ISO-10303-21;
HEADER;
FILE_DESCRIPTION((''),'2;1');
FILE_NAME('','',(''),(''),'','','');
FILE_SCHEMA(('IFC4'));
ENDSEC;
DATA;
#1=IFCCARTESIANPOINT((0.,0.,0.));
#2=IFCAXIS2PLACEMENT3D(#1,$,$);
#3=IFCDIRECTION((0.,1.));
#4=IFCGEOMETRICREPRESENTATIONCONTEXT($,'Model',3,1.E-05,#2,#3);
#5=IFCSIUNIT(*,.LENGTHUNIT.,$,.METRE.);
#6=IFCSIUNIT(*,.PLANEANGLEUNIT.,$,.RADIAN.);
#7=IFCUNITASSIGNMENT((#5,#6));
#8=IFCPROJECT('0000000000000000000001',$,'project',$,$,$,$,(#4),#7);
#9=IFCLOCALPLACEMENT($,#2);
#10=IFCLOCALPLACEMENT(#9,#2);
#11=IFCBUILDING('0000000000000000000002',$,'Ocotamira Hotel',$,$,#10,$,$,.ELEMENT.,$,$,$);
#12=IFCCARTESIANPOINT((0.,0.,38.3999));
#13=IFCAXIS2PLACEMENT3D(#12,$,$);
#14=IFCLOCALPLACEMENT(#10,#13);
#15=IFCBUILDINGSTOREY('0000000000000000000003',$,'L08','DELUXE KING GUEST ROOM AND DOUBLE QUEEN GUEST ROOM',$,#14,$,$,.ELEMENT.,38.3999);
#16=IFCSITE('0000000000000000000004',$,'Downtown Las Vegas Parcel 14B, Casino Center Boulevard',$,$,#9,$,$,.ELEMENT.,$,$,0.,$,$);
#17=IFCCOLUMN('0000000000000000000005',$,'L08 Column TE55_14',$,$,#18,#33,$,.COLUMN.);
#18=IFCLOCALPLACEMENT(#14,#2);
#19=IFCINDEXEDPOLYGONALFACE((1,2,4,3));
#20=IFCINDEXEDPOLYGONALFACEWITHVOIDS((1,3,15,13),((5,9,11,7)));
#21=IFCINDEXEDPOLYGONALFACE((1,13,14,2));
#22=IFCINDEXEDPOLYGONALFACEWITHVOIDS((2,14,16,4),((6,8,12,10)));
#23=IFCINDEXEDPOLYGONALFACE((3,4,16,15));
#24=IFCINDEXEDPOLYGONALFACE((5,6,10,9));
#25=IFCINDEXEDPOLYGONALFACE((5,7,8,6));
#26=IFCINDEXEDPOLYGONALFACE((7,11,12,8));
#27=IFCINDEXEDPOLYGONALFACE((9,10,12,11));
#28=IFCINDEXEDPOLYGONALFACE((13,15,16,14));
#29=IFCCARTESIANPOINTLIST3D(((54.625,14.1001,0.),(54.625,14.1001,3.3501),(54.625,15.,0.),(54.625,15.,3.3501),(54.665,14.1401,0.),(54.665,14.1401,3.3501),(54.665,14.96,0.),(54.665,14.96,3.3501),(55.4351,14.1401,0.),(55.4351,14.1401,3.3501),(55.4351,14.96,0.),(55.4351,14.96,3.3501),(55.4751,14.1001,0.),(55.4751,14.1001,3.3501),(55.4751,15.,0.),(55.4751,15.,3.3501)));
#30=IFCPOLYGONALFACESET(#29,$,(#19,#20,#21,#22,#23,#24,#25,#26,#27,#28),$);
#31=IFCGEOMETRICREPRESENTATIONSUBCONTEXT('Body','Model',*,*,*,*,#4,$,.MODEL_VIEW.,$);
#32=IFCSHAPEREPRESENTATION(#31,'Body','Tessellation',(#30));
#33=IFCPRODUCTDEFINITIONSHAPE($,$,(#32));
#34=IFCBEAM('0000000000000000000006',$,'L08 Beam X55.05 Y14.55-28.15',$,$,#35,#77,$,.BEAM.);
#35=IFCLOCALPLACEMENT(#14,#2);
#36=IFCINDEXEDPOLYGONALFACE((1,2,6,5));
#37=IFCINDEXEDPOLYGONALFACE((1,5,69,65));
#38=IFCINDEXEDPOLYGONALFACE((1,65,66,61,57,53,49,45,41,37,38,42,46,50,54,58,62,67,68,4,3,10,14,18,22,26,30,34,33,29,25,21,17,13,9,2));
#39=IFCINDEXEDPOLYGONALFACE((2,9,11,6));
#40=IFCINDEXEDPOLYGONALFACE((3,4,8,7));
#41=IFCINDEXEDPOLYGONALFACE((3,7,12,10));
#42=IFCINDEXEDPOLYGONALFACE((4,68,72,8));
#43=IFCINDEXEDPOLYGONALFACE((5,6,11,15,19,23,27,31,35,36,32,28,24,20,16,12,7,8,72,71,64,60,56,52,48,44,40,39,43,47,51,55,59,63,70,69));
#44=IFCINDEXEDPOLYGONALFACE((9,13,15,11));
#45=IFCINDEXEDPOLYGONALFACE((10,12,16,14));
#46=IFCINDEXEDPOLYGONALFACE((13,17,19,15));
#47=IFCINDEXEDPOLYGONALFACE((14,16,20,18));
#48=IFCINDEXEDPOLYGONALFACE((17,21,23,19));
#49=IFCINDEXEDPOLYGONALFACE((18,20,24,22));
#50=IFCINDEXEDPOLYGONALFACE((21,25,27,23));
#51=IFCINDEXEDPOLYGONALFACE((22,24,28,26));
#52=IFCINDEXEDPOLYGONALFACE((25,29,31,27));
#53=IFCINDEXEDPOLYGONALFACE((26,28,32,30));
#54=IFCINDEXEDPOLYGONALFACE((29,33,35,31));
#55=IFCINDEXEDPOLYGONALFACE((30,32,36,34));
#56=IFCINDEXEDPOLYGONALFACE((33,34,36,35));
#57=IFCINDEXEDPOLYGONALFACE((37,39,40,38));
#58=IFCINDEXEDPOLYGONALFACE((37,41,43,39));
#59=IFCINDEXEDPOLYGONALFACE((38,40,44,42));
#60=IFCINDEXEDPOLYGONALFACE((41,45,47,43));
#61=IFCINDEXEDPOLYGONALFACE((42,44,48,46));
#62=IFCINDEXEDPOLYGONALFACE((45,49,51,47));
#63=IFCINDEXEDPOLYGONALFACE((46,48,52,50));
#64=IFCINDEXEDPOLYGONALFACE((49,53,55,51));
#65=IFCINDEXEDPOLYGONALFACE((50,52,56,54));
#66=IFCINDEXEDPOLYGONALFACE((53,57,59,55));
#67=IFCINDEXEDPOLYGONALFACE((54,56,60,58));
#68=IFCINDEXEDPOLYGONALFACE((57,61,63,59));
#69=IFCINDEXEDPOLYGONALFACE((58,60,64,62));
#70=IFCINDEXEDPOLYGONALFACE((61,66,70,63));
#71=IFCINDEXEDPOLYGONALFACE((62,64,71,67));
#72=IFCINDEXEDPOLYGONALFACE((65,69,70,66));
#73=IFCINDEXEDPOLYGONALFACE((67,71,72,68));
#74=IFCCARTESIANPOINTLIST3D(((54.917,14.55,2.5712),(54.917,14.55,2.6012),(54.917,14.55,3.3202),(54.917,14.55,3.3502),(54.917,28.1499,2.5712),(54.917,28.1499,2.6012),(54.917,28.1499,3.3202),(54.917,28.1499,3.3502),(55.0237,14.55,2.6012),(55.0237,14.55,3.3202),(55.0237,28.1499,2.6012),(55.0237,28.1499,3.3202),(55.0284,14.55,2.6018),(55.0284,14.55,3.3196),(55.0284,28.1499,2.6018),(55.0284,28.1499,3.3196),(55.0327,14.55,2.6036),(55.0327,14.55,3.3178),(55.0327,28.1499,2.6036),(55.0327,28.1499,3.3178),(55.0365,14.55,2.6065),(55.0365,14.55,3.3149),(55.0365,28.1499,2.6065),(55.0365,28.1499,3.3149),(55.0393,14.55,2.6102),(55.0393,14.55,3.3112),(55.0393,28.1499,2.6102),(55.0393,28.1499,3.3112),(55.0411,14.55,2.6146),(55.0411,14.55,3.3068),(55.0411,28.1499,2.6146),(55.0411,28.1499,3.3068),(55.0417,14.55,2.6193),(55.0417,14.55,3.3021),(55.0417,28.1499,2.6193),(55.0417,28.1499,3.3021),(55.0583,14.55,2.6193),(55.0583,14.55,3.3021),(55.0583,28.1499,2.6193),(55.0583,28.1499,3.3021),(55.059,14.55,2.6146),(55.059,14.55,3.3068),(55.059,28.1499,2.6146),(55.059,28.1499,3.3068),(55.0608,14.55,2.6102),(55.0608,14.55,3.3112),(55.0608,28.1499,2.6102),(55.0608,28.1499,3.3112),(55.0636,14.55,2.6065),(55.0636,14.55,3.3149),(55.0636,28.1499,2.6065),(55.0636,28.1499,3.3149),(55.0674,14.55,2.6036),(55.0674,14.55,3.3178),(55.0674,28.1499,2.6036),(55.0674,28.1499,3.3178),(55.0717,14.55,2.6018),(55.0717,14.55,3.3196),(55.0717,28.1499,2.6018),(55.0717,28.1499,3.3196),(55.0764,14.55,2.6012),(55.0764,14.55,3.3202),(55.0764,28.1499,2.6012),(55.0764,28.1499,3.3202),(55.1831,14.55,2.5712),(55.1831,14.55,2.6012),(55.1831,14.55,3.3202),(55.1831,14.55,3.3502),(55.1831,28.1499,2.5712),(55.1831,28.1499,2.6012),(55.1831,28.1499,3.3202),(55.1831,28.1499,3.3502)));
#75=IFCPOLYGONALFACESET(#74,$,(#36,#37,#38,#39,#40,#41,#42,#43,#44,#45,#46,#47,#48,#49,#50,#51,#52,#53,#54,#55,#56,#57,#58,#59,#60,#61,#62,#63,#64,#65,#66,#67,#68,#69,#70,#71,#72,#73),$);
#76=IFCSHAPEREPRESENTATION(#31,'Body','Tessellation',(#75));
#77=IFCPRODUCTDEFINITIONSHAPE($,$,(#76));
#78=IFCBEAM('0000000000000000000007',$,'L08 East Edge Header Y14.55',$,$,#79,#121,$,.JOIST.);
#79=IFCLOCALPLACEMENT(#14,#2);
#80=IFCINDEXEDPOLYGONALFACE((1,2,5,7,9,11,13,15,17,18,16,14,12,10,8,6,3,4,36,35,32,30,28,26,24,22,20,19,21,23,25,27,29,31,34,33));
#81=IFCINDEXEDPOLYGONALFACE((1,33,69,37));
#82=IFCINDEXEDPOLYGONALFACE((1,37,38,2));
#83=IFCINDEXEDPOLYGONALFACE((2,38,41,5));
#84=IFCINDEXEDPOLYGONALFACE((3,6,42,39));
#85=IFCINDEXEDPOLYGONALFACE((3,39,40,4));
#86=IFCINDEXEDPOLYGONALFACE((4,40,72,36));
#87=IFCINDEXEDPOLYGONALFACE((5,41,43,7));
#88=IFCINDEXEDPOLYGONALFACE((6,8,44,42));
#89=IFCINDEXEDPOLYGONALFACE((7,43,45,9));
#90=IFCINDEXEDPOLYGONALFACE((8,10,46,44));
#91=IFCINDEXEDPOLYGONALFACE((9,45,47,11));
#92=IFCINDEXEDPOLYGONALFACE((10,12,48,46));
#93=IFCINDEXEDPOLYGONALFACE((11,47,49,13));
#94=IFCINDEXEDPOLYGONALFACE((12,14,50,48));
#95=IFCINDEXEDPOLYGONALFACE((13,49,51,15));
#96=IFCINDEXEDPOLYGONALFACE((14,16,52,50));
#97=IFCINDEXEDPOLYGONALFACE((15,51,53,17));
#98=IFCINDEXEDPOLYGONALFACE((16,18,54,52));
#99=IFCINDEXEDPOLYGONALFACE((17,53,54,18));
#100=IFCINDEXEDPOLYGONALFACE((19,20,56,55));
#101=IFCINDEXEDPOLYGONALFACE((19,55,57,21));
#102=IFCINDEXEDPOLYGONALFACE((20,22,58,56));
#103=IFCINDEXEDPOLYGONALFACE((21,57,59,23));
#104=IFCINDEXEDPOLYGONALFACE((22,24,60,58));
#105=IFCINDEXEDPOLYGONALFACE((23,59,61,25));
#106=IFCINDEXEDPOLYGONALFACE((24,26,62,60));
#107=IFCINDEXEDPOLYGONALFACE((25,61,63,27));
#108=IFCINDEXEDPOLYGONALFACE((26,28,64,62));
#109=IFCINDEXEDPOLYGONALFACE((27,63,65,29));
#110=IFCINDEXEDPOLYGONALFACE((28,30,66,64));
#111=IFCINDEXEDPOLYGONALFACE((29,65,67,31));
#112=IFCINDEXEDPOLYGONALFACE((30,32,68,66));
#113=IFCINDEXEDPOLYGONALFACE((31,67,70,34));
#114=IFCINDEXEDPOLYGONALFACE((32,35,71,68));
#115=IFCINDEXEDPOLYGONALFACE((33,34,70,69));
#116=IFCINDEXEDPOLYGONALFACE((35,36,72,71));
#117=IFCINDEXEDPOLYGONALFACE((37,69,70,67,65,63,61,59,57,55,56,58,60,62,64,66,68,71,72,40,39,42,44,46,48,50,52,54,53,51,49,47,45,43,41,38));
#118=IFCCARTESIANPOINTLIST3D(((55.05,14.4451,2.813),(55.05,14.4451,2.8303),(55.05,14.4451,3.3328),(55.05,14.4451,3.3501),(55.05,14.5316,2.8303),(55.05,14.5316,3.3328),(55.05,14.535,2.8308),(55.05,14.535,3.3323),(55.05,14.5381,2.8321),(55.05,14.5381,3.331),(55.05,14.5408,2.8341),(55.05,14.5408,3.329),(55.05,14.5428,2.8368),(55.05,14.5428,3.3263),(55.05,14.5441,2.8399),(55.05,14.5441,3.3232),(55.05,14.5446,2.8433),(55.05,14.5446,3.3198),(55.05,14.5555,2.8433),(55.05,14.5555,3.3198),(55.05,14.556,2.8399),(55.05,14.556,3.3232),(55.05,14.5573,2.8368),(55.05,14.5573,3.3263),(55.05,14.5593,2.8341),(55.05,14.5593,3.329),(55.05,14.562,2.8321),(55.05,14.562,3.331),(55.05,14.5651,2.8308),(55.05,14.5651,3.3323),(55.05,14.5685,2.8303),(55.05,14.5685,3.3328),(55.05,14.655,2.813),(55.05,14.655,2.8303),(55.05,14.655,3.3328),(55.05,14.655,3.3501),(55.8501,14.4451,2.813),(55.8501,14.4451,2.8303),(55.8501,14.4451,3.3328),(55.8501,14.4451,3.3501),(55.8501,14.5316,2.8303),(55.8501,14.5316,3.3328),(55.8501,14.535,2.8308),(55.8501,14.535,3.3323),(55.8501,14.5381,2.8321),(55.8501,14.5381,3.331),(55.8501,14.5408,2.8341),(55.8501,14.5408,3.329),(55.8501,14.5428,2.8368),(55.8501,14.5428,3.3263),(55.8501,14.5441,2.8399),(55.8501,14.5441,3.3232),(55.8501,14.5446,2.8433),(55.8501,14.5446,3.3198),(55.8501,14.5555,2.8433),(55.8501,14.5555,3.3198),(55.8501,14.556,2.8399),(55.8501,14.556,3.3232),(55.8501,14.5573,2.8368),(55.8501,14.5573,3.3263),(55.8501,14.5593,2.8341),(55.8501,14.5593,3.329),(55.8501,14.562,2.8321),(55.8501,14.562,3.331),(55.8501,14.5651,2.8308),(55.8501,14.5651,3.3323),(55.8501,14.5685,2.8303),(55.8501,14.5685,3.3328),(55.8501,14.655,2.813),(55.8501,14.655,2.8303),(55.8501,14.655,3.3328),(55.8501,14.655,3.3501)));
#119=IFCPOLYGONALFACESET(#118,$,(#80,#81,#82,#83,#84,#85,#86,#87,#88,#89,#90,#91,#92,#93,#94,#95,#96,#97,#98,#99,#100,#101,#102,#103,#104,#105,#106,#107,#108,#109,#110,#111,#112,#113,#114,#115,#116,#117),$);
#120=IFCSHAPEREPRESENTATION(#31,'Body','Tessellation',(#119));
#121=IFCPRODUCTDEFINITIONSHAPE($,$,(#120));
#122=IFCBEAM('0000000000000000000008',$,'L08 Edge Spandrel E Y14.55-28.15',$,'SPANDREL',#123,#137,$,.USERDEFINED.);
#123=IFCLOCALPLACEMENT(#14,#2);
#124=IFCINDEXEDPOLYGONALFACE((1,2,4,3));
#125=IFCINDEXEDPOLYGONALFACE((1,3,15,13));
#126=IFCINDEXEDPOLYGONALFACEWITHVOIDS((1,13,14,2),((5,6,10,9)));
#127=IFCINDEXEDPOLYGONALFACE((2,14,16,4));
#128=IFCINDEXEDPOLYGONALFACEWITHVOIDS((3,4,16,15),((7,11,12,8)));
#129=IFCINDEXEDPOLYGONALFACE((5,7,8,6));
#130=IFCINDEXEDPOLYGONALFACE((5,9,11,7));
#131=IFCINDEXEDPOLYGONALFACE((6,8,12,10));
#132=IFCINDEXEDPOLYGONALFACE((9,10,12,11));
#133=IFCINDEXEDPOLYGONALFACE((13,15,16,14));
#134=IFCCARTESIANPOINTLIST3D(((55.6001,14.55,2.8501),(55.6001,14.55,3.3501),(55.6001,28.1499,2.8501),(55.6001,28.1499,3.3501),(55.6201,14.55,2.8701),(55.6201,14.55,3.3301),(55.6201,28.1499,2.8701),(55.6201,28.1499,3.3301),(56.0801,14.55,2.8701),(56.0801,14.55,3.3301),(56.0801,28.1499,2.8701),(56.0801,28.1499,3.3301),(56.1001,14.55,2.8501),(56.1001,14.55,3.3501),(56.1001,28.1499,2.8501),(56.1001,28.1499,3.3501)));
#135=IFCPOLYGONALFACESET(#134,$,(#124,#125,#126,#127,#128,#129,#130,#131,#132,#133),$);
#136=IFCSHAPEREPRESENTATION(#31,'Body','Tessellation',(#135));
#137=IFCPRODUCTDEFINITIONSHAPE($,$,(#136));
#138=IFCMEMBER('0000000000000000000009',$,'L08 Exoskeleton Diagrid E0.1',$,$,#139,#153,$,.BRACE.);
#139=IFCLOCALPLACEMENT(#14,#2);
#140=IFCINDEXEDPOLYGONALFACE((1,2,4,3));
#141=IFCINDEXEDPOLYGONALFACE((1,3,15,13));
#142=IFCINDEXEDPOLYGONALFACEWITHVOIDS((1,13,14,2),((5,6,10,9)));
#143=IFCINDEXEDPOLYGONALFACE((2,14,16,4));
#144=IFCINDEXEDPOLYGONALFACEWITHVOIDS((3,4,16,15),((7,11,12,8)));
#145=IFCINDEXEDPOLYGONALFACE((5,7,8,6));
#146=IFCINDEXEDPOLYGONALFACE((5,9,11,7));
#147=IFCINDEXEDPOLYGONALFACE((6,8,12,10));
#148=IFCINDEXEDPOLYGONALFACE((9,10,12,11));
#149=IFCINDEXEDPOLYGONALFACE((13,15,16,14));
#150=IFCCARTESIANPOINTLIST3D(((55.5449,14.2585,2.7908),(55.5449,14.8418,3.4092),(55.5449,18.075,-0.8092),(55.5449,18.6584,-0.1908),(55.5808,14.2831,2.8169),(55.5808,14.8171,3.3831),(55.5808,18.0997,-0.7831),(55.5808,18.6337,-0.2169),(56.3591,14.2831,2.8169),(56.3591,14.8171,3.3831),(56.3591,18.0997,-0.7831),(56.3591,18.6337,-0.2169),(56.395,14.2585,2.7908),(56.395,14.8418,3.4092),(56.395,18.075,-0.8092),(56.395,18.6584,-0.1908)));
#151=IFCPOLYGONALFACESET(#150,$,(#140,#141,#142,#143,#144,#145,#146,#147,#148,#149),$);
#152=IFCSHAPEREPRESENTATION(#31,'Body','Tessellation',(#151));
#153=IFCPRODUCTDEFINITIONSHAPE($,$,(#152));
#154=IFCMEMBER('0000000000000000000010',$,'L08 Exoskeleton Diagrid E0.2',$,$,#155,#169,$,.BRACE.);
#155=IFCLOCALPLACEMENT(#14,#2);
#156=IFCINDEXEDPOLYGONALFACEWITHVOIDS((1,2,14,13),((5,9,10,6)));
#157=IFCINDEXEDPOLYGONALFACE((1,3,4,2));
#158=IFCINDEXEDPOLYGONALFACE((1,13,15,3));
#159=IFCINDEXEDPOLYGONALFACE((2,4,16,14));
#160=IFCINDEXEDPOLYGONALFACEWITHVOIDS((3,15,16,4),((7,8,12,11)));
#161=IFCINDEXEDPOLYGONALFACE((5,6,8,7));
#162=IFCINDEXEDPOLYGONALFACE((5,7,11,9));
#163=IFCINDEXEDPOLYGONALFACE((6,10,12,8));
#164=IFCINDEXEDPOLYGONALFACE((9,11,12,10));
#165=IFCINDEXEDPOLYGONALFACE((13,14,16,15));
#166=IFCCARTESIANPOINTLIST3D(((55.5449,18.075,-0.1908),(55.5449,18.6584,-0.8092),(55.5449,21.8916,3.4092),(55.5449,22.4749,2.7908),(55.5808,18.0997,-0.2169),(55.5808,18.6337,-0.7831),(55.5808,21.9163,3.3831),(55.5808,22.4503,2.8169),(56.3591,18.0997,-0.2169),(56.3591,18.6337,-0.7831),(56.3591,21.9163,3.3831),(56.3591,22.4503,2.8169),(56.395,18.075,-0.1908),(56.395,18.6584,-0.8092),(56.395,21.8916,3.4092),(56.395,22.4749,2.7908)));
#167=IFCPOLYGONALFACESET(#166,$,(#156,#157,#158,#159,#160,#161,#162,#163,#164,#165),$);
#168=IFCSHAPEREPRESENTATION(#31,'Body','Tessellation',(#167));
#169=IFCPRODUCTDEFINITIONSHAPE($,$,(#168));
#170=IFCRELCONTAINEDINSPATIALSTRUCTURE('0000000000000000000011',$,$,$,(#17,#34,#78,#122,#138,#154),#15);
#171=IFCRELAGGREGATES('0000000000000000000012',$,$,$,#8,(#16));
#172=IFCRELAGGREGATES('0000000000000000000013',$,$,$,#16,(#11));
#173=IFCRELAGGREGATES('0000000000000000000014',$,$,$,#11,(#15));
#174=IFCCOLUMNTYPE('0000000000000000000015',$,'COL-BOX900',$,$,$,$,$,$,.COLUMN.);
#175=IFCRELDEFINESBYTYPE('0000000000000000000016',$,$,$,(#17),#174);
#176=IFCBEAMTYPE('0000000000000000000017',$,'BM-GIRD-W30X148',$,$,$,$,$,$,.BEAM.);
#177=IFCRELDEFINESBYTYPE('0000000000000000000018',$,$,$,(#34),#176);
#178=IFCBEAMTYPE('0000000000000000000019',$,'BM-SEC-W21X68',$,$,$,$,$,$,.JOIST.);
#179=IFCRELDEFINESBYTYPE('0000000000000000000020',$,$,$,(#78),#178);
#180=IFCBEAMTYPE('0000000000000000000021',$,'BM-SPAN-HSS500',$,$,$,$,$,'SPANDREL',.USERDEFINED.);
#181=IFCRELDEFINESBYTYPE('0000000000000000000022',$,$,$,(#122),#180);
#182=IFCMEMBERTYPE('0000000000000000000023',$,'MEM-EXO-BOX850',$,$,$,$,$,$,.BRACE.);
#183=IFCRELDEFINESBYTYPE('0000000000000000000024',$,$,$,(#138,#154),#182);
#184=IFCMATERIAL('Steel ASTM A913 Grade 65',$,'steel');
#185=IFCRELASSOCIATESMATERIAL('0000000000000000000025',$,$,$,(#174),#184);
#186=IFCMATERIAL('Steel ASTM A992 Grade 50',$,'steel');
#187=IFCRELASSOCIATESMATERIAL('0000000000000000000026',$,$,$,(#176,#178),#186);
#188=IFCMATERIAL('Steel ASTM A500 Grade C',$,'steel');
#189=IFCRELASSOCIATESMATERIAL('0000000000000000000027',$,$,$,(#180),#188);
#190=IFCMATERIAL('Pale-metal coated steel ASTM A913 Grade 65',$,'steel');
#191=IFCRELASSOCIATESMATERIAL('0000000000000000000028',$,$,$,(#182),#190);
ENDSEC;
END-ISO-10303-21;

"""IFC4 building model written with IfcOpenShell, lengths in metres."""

from ifc_helpers import new_model, si_unit, direction, frame, origin, origin_2d, place, context, subcontext, project, spatial, hollow_rectangle, i_section, extrude, source, transform, mapped, material, material_profile, profile_set, type_object, element, save


model = new_model("IFC4")

# Units and contexts
model_context = context("Model", 3, precision=1e-05, world=origin(), true_north=direction((0.0, 1.0)))
body_context = subcontext(model_context, "Body", "Model", "MODEL_VIEW")
ifc_project = project(units=[si_unit("LENGTHUNIT", "METRE"), si_unit("PLANEANGLEUNIT", "RADIAN")], contexts=[model_context])

# Site, building, storey
site_placement = place(None, origin())
site = spatial("IfcSite", under=ifc_project, at=site_placement, Name="Downtown Las Vegas Parcel 14B, Casino Center Boulevard", CompositionType="ELEMENT", RefElevation=0.0)
building_placement = place(site_placement, origin())
building = spatial("IfcBuilding", under=site, at=building_placement, Name="Ocotamira Hotel", CompositionType="ELEMENT")
storey_placement = place(building_placement, frame((0.0, 0.0, 38.3999)))
storey = spatial("IfcBuildingStorey", under=building, at=storey_placement, Name="L08", Description="DELUXE KING GUEST ROOM AND DOUBLE QUEEN GUEST ROOM", CompositionType="ELEMENT", Elevation=38.3999)

# Column
ifc_material_1 = material(Name="Steel ASTM A913 Grade 65", Category="steel")
ifc_material_profile_1 = material_profile(ifc_material_1, hollow_rectangle(XDim=0.8501, YDim=0.8999, WallThickness=0.04, at=origin_2d()), Name="BOX900X850X40")
ifc_profile_set_1 = profile_set([ifc_material_profile_1], Name="Steel ASTM A913 Grade 65")
column_type = type_object("IfcColumnType", Name="COL-BOX900", PredefinedType="COLUMN", material=ifc_profile_set_1)
shared_shape_1 = source(origin(), body_context, "Body", "SweptSolid", [
    extrude(hollow_rectangle(XDim=0.8501, YDim=0.8999, WallThickness=0.04, at=origin_2d()), origin(), (0.0, 0.0, 1.0), 3.3501),
])
column_placement = place(storey_placement, frame((55.05, 14.55, 0.0), z_axis=(0.0, 0.0, 1.0), x_axis=(1.0, 0.0, 0.0)))
element("IfcColumn", 1, at=column_placement, inside=storey, type_object=column_type, Name="L08 Column TE55_14", PredefinedType="COLUMN", context=body_context, shape_type="MappedRepresentation", body=[
    mapped(shared_shape_1, transform((0.0, 0.0, 0.0), scale=1.0)),
])

# Beams
ifc_material_2 = material(Name="Steel ASTM A992 Grade 50", Category="steel")
ifc_material_profile_2 = material_profile(ifc_material_2, i_section(OverallWidth=0.2661, OverallDepth=0.7791, WebThickness=0.0166, FlangeThickness=0.03, FilletRadius=0.0181, at=origin_2d()), Name="W30X148")
ifc_profile_set_2 = profile_set([ifc_material_profile_2], Name="Steel ASTM A992 Grade 50")
beam_type_1 = type_object("IfcBeamType", Name="BM-GIRD-W30X148", PredefinedType="BEAM", material=ifc_profile_set_2)
shared_shape_2 = source(origin(), body_context, "Body", "SweptSolid", [
    extrude(i_section(OverallWidth=0.2661, OverallDepth=0.7791, WebThickness=0.0166, FlangeThickness=0.03, FilletRadius=0.0181, at=origin_2d()), origin(), (0.0, 0.0, 1.0), 13.5999),
])
beam_1_placement = place(storey_placement, frame((55.05, 14.55, 2.9607), z_axis=(0.0, 1.0, 0.0), x_axis=(-1.0, 0.0, 0.0)))
element("IfcBeam", 2, at=beam_1_placement, inside=storey, type_object=beam_type_1, Name="L08 Beam X55.05 Y14.55-28.15", PredefinedType="BEAM", context=body_context, shape_type="MappedRepresentation", body=[
    mapped(shared_shape_2, transform((0.0, 0.0, 0.0), scale=1.0)),
])
ifc_material_profile_3 = material_profile(ifc_material_2, i_section(OverallWidth=0.21, OverallDepth=0.5371, WebThickness=0.011, FlangeThickness=0.0173, FilletRadius=0.0129, at=origin_2d()), Name="W21X68")
ifc_profile_set_3 = profile_set([ifc_material_profile_3], Name="Steel ASTM A992 Grade 50")
beam_type_2 = type_object("IfcBeamType", Name="BM-SEC-W21X68", PredefinedType="JOIST", material=ifc_profile_set_3)
shared_shape_3 = source(origin(), body_context, "Body", "SweptSolid", [
    extrude(i_section(OverallWidth=0.21, OverallDepth=0.5371, WebThickness=0.011, FlangeThickness=0.0173, FilletRadius=0.0129, at=origin_2d()), origin(), (0.0, 0.0, 1.0), 0.8),
])
beam_2_placement = place(storey_placement, frame((55.05, 14.55, 3.0815), z_axis=(1.0, 0.0, 0.0), x_axis=(0.0, 1.0, 0.0)))
element("IfcBeam", 3, at=beam_2_placement, inside=storey, type_object=beam_type_2, Name="L08 East Edge Header Y14.55", PredefinedType="JOIST", context=body_context, shape_type="MappedRepresentation", body=[
    mapped(shared_shape_3, transform((0.0, 0.0, 0.0), scale=1.0)),
])
ifc_material_3 = material(Name="Steel ASTM A500 Grade C", Category="steel")
ifc_material_profile_4 = material_profile(ifc_material_3, hollow_rectangle(XDim=0.5, YDim=0.5, WallThickness=0.02, at=origin_2d()), Name="HSS500X500X20")
ifc_profile_set_4 = profile_set([ifc_material_profile_4], Name="Steel ASTM A500 Grade C")
beam_type_3 = type_object("IfcBeamType", Name="BM-SPAN-HSS500", ElementType="SPANDREL", PredefinedType="USERDEFINED", material=ifc_profile_set_4)
shared_shape_4 = source(origin(), body_context, "Body", "SweptSolid", [
    extrude(hollow_rectangle(XDim=0.5, YDim=0.5, WallThickness=0.02, at=origin_2d()), origin(), (0.0, 0.0, 1.0), 13.5999),
])
beam_3_placement = place(storey_placement, frame((55.8501, 14.55, 3.1001), z_axis=(0.0, 1.0, 0.0), x_axis=(-1.0, 0.0, 0.0)))
element("IfcBeam", 4, at=beam_3_placement, inside=storey, type_object=beam_type_3, Name="L08 Edge Spandrel E Y14.55-28.15", ObjectType="SPANDREL", PredefinedType="USERDEFINED", context=body_context, shape_type="MappedRepresentation", body=[
    mapped(shared_shape_4, transform((0.0, 0.0, 0.0), scale=1.0)),
])

# Members
ifc_material_4 = material(Name="Pale-metal coated steel ASTM A913 Grade 65", Category="steel")
ifc_material_profile_5 = material_profile(ifc_material_4, hollow_rectangle(XDim=0.8501, YDim=0.8501, WallThickness=0.0359, at=origin_2d()), Name="BOX850X850X36")
ifc_profile_set_5 = profile_set([ifc_material_profile_5], Name="Pale-metal coated steel ASTM A913 Grade 65")
member_type_1 = type_object("IfcMemberType", Name="MEM-EXO-BOX850", PredefinedType="BRACE", material=ifc_profile_set_5)
shared_shape_5 = source(origin(), body_context, "Body", "SweptSolid", [
    extrude(hollow_rectangle(XDim=0.8501, YDim=0.8501, WallThickness=0.0359, at=origin_2d()), origin(), (0.0, 0.0, 1.0), 5.2466),
])
for number, where, z_axis, x_axis, name in (
    (5, (55.97, 18.3667, -0.5), (0.0, -0.727443, 0.686168), (1.0, 0.0, 0.0), "L08 Exoskeleton Diagrid E0.1"),
    (6, (55.97, 18.3667, -0.5), (0.0, 0.727443, 0.686168), (-1.0, 0.0, 0.0), "L08 Exoskeleton Diagrid E0.2"),
):
    element("IfcMember", number, at=place(storey_placement, frame(where, z_axis=z_axis, x_axis=x_axis)), inside=storey, type_object=member_type_1, Name=name, PredefinedType="BRACE", context=body_context, shape_type="MappedRepresentation", body=[
        mapped(shared_shape_5, transform((0.0, 0.0, 0.0), scale=1.0)),
    ])

save(model, "model.ifc")
